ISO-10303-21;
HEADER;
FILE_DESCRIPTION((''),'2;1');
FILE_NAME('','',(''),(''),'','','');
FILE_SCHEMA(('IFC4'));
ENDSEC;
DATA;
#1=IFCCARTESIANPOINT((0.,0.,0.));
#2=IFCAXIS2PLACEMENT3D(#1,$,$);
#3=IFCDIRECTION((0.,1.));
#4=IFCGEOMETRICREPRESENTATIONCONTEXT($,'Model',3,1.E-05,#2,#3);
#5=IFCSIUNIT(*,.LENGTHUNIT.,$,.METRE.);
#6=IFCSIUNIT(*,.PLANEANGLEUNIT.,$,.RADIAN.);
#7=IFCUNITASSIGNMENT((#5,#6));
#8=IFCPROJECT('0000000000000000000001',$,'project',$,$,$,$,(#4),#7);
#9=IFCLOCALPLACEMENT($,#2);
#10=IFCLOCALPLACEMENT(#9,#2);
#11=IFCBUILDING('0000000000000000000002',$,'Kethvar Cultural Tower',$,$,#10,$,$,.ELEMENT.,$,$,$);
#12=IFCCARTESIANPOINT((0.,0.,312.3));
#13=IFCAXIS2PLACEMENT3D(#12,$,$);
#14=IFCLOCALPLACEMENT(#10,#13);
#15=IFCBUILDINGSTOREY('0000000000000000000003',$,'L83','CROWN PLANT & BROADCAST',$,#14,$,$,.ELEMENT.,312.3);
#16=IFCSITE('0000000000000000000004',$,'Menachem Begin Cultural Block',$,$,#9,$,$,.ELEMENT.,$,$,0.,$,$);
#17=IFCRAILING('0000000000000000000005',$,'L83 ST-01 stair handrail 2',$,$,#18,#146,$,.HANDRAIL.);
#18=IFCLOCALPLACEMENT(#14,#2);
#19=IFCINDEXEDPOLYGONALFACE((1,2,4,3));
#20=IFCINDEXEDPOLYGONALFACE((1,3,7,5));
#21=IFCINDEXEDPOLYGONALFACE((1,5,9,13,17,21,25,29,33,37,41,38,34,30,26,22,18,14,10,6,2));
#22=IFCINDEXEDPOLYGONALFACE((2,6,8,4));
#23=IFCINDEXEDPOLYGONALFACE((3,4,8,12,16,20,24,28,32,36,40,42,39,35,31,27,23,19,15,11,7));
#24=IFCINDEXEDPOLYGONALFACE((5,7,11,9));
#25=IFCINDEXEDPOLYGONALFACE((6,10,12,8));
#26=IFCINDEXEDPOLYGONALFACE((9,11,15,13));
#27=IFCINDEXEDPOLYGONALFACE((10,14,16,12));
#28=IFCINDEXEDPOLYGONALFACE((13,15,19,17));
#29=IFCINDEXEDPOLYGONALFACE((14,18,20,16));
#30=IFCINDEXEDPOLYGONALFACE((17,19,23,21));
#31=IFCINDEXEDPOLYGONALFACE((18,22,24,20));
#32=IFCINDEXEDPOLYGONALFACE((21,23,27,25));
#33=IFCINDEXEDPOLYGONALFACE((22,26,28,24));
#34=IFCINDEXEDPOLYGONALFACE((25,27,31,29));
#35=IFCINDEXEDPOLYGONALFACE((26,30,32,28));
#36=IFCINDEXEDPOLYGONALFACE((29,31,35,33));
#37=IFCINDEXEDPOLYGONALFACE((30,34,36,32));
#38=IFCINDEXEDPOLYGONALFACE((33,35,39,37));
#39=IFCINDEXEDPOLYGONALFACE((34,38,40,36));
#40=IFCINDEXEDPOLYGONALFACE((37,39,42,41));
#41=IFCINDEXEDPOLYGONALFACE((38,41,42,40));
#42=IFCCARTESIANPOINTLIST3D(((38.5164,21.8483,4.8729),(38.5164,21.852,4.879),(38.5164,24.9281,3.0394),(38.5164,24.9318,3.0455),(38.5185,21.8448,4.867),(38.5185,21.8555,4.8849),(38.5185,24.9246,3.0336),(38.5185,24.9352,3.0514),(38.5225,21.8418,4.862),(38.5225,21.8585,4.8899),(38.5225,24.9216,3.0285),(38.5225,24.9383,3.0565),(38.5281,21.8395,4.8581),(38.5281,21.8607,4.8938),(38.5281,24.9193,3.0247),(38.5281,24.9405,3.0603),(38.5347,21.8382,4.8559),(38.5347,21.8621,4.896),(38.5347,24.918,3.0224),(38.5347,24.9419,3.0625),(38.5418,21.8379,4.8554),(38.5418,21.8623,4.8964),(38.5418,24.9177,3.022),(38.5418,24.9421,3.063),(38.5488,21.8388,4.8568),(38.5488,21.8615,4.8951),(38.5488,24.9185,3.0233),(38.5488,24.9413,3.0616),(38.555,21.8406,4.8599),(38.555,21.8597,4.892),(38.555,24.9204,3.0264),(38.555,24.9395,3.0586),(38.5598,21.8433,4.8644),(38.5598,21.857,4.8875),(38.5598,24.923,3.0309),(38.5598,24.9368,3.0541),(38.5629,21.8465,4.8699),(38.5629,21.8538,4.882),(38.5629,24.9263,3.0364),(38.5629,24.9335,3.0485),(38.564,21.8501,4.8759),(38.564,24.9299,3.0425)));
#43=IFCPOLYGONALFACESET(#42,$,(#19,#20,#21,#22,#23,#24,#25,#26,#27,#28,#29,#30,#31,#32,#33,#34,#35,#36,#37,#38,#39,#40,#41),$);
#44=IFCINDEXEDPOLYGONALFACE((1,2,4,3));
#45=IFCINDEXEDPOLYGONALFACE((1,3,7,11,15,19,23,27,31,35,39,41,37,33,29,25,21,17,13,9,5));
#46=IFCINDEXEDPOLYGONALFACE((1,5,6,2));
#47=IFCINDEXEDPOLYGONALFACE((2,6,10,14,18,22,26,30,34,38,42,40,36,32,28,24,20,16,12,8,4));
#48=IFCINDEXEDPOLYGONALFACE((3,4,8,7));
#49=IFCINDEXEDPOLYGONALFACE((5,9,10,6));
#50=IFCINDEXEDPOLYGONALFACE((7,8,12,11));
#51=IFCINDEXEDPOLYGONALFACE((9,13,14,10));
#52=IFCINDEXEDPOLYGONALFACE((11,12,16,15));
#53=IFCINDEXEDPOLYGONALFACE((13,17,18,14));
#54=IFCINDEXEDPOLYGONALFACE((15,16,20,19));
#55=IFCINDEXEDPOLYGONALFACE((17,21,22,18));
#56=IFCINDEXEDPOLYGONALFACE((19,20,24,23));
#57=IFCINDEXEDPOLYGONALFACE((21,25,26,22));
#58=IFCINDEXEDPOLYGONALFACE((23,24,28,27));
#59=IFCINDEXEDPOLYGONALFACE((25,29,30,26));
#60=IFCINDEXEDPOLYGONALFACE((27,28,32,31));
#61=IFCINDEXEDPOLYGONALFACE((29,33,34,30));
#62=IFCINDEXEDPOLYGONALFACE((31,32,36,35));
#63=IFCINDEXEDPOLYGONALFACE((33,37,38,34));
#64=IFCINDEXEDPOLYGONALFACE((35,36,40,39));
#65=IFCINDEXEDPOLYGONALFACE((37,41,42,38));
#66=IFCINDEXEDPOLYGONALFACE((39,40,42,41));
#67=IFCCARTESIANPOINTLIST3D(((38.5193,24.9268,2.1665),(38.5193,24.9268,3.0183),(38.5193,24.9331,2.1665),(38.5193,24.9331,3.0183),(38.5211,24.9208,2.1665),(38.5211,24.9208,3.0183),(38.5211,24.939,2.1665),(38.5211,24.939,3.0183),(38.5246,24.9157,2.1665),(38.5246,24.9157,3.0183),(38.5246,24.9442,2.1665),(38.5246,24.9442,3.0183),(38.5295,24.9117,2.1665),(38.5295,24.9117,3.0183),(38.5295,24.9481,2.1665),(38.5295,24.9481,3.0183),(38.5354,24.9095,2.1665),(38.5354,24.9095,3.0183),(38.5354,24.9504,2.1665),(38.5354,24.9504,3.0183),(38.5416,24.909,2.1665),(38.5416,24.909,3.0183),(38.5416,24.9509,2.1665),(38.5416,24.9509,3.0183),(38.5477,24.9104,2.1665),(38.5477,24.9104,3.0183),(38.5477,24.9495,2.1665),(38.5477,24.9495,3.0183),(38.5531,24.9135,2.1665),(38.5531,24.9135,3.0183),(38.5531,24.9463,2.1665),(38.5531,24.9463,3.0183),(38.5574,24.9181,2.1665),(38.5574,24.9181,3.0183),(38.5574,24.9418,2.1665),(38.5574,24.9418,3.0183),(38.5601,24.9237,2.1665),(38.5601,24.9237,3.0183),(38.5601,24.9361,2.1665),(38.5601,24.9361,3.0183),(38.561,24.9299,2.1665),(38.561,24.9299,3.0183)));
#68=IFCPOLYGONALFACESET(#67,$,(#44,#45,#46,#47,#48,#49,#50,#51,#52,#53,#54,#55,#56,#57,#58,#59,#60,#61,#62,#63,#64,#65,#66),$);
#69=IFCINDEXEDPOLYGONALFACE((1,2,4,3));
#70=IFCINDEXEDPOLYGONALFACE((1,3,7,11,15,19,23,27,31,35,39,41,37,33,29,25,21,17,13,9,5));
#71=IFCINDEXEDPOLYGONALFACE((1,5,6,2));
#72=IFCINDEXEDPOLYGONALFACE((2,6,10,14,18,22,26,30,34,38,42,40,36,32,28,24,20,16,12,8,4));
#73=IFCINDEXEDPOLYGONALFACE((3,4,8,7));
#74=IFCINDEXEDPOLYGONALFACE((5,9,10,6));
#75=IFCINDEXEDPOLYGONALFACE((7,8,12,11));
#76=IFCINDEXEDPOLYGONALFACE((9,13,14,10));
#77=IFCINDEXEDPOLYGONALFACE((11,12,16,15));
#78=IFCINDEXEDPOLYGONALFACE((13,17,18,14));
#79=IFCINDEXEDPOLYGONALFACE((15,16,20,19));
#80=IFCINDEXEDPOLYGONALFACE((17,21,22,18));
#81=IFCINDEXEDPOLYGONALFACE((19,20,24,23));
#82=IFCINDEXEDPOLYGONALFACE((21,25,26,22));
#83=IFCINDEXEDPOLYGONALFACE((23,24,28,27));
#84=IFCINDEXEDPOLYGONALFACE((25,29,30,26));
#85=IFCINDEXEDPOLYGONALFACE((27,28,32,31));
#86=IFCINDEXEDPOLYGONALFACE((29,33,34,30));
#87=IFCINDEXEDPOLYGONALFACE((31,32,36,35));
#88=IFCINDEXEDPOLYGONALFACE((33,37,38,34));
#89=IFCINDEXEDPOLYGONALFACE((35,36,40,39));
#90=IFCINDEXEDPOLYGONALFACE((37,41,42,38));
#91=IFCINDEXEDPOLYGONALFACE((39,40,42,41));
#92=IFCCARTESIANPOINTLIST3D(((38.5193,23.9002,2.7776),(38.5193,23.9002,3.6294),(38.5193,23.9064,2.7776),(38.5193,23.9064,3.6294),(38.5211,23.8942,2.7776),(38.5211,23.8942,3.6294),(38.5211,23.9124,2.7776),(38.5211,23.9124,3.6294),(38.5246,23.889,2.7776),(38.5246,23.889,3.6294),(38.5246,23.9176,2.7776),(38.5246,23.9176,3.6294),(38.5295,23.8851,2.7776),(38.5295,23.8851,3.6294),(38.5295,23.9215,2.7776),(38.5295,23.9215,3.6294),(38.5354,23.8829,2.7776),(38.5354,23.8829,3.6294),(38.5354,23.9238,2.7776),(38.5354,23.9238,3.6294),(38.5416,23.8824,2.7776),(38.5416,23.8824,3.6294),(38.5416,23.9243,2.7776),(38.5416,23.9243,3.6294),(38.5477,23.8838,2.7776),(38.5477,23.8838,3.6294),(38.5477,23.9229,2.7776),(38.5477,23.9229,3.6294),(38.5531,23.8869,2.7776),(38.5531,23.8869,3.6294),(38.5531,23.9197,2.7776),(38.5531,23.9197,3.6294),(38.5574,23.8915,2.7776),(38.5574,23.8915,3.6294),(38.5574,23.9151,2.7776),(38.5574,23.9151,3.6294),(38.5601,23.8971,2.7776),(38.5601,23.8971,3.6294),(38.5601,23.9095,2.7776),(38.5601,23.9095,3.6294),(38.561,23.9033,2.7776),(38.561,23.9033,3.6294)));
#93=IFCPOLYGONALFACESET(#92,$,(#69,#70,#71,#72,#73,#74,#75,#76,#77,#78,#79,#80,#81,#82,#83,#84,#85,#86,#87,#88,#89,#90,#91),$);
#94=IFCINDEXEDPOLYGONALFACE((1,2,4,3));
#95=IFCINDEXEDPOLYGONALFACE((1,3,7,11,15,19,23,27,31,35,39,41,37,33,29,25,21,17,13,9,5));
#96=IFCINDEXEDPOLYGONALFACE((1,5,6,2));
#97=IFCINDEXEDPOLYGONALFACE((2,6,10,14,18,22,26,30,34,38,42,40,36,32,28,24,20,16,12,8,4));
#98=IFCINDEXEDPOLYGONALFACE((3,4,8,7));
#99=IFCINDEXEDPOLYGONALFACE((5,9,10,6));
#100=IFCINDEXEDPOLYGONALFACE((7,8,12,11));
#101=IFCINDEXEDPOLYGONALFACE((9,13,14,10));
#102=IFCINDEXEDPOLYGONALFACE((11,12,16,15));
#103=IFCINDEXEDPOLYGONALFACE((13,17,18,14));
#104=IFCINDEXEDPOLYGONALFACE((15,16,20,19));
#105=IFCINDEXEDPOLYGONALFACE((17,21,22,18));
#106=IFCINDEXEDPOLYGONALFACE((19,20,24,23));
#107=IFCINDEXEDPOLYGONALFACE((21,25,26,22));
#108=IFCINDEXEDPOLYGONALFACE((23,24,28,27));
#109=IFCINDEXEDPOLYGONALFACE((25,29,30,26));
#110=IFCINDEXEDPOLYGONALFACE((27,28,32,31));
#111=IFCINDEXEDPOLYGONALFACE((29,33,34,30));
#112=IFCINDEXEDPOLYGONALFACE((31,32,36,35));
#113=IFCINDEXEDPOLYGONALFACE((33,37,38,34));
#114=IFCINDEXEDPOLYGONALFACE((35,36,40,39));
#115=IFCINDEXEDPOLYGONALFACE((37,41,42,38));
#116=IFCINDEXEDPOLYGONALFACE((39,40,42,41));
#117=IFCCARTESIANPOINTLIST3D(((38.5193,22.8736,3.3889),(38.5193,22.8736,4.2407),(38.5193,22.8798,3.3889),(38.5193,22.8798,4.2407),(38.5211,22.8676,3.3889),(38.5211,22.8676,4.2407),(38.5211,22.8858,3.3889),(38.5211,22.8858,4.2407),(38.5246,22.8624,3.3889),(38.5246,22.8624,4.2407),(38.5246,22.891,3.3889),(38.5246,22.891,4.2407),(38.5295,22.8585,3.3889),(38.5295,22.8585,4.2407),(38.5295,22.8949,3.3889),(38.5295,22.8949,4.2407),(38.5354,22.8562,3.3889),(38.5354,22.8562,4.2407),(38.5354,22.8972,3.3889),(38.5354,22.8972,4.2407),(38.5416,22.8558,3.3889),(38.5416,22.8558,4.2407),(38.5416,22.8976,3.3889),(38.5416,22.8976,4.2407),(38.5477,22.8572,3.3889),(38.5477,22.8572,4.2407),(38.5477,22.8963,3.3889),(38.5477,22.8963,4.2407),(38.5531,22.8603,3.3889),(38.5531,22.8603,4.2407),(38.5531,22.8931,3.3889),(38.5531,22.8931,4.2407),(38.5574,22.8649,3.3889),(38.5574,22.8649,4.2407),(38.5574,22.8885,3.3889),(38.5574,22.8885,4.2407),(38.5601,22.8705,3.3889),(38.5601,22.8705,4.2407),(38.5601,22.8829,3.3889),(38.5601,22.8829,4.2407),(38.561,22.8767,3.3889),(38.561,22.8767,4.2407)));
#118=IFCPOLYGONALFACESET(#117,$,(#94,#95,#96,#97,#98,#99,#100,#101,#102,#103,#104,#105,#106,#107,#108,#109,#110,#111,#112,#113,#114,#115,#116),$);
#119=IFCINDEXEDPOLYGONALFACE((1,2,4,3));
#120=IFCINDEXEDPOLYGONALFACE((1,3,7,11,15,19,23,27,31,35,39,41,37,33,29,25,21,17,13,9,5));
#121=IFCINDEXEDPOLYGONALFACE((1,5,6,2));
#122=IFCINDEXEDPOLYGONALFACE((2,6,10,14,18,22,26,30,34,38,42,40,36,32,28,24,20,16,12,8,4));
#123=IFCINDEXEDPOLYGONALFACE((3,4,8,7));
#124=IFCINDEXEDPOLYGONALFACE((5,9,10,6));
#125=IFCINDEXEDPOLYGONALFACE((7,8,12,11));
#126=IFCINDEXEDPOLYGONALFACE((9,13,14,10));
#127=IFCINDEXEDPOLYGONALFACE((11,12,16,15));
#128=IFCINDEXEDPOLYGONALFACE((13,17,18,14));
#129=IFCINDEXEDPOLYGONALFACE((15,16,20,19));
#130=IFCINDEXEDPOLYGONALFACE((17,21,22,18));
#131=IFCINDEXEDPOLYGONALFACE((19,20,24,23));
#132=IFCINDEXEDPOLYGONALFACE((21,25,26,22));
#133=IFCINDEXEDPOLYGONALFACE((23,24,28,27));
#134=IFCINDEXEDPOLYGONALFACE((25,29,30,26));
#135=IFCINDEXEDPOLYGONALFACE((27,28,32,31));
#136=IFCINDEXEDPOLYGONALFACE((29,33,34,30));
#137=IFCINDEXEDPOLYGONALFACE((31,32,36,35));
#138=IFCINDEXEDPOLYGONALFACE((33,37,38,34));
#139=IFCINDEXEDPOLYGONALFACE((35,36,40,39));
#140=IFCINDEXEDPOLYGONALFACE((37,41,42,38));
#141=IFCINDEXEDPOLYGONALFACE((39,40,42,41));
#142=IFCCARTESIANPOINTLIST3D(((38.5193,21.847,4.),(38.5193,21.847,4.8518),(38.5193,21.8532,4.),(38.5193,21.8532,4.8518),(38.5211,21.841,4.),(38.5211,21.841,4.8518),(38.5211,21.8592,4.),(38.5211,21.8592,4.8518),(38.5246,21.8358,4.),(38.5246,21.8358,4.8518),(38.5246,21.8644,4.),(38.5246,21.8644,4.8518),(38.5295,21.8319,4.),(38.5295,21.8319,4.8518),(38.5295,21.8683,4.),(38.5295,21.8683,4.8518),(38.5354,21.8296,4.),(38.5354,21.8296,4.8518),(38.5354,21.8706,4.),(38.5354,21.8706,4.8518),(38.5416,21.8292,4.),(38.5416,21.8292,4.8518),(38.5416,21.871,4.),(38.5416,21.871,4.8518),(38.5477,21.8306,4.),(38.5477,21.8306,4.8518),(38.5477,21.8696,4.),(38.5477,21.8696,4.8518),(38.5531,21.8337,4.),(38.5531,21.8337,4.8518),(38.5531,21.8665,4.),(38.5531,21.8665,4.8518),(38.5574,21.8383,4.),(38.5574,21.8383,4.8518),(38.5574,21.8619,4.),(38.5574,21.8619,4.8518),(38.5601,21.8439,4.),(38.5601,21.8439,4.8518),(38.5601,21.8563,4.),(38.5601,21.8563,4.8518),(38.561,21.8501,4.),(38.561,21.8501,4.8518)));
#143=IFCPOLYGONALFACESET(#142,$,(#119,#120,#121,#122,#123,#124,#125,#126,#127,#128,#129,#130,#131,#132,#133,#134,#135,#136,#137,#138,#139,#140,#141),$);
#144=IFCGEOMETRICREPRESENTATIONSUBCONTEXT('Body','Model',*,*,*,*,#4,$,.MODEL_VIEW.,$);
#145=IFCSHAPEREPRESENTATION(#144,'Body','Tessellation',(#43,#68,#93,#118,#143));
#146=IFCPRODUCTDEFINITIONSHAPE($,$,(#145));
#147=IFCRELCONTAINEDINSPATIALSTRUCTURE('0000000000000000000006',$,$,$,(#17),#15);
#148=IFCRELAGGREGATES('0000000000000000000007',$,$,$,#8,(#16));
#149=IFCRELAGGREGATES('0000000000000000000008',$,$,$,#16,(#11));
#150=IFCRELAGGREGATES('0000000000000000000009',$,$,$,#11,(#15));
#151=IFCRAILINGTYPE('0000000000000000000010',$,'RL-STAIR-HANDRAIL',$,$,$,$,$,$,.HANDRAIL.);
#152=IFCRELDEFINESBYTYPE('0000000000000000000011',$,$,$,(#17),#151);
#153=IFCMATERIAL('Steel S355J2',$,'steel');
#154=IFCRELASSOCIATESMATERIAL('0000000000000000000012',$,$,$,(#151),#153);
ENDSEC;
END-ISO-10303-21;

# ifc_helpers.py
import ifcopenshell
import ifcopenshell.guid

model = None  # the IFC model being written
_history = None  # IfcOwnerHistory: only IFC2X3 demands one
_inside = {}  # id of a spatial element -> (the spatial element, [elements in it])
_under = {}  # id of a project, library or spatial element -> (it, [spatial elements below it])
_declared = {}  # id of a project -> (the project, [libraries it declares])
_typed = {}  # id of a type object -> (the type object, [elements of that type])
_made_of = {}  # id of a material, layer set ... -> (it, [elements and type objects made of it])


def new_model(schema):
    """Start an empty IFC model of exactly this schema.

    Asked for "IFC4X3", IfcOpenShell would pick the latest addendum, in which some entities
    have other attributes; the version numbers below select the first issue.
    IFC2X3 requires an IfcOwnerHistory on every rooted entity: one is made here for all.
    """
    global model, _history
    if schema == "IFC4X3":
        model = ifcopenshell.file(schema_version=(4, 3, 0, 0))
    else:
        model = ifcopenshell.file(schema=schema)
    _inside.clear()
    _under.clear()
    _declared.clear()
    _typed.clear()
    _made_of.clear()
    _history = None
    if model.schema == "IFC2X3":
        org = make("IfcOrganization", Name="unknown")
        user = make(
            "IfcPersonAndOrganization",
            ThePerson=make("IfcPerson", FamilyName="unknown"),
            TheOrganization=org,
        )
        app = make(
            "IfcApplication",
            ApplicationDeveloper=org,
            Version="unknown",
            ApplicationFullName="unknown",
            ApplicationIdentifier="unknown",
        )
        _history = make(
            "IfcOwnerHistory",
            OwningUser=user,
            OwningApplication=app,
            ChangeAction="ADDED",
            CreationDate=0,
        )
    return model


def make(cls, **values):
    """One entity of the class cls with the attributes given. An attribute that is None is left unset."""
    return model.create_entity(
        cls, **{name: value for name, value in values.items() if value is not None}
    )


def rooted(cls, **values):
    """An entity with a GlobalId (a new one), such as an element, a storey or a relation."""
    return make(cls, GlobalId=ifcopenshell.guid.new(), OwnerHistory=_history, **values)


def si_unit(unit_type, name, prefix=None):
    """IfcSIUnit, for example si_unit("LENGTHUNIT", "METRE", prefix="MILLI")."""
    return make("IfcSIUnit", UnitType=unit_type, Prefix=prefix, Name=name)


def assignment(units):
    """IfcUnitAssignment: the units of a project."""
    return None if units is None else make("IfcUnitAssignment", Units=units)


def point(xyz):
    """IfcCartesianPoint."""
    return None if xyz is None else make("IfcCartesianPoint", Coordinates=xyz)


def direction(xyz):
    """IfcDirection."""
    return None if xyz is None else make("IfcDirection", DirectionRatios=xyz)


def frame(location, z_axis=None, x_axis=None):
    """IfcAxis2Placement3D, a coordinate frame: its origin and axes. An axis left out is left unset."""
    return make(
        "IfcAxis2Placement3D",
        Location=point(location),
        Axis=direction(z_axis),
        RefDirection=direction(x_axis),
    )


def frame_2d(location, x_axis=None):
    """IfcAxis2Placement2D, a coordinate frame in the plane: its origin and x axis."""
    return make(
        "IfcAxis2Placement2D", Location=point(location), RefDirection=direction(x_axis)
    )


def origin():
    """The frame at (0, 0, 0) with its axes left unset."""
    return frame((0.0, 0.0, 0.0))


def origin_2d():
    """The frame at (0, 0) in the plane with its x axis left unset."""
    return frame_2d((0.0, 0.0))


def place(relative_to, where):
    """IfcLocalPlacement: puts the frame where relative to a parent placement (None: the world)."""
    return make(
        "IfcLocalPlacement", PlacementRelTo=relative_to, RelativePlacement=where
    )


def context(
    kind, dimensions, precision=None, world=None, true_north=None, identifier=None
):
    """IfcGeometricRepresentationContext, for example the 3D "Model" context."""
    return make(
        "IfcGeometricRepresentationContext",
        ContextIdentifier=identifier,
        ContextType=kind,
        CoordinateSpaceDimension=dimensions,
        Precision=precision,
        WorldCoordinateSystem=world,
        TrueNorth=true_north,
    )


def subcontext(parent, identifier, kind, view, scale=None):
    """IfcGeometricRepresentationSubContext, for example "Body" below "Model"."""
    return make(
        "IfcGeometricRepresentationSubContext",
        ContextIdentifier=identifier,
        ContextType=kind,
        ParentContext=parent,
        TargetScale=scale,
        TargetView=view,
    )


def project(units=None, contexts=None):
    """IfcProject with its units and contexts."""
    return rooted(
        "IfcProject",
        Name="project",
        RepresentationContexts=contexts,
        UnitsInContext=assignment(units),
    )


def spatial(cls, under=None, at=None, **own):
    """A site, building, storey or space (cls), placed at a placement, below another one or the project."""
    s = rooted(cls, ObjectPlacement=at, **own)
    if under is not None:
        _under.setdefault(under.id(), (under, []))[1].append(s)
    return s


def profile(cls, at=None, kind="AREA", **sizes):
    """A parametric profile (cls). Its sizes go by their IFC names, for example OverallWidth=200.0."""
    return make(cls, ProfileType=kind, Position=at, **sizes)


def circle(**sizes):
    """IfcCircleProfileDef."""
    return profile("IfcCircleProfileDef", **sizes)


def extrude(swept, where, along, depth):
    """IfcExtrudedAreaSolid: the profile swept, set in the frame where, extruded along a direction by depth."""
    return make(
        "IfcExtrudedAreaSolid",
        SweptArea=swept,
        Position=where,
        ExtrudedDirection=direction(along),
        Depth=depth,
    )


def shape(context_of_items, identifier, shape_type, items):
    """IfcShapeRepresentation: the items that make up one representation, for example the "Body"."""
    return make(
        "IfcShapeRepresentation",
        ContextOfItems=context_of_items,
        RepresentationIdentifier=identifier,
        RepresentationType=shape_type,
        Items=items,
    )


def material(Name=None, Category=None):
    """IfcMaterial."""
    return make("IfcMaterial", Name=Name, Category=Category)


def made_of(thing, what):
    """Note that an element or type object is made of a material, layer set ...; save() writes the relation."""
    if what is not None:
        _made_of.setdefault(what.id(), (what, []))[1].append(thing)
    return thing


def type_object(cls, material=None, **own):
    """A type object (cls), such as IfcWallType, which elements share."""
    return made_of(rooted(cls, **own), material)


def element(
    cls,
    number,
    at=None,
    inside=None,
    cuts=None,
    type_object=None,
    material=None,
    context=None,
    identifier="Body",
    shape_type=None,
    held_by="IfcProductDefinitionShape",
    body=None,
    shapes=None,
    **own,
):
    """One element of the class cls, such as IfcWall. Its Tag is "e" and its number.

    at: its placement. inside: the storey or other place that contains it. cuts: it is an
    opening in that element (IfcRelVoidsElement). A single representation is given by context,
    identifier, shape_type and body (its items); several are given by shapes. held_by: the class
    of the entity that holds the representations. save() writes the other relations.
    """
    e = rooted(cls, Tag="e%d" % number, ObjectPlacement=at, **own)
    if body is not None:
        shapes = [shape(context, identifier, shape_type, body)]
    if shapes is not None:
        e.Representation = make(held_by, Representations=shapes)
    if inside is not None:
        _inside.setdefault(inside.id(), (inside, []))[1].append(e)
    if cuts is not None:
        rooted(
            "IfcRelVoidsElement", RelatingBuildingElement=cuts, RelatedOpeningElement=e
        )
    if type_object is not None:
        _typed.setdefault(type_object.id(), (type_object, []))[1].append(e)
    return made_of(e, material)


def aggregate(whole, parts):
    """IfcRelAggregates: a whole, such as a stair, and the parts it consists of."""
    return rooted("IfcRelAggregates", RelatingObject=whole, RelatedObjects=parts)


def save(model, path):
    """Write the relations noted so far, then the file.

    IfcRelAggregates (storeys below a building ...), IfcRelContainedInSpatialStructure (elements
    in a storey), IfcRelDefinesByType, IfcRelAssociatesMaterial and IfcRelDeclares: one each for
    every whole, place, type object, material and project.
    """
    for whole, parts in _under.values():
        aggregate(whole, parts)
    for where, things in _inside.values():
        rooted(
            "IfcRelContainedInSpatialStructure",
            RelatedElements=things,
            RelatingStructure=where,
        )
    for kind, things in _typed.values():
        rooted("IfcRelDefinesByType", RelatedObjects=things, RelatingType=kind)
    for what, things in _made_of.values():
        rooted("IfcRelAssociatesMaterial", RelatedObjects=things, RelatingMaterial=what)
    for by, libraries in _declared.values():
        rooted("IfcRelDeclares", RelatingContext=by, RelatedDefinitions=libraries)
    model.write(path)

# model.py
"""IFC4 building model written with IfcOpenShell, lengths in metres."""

from ifc_helpers import new_model, si_unit, direction, frame, origin, origin_2d, place, context, subcontext, project, spatial, circle, extrude, material, type_object, element, save


model = new_model("IFC4")

# Units and contexts
model_context = context("Model", 3, precision=1e-05, world=origin(), true_north=direction((0.0, 1.0)))
body_context = subcontext(model_context, "Body", "Model", "MODEL_VIEW")
ifc_project = project(units=[si_unit("LENGTHUNIT", "METRE"), si_unit("PLANEANGLEUNIT", "RADIAN")], contexts=[model_context])

# Site, building, storey
site_placement = place(None, origin())
site = spatial("IfcSite", under=ifc_project, at=site_placement, Name="Menachem Begin Cultural Block", CompositionType="ELEMENT", RefElevation=0.0)
building_placement = place(site_placement, origin())
building = spatial("IfcBuilding", under=site, at=building_placement, Name="Kethvar Cultural Tower", CompositionType="ELEMENT")
storey_placement = place(building_placement, frame((0.0, 0.0, 312.3)))
storey = spatial("IfcBuildingStorey", under=building, at=storey_placement, Name="L83", Description="CROWN PLANT & BROADCAST", CompositionType="ELEMENT", Elevation=312.3)

# Shared definitions
ifc_material_1 = material(Name="Steel S355J2", Category="steel")

# Railing
railing_type_1 = type_object("IfcRailingType", Name="RL-STAIR-HANDRAIL", PredefinedType="HANDRAIL", material=ifc_material_1)
railing_1_placement = place(storey_placement, frame((38.54, 24.9299, 2.1665)))
element("IfcRailing", 1, at=railing_1_placement, inside=storey, type_object=railing_type_1, Name="L83 ST-01 stair handrail 2", PredefinedType="HANDRAIL", context=body_context, shape_type="SweptSolid", body=[
    extrude(circle(Radius=0.0239, at=origin_2d()), frame((0.0, 0.0, 0.876), z_axis=(0.0, -0.859261, 0.511538), x_axis=(1.0, 0.0, 0.0)), (0.0, 0.0, 1.0), 3.5842),
    extrude(circle(Radius=0.021, at=origin_2d()), origin(), (0.0, 0.0, 1.0), 0.8518),
    extrude(circle(Radius=0.021, at=origin_2d()), frame((0.0, -1.0266, 0.6111)), (0.0, 0.0, 1.0), 0.8518),
    extrude(circle(Radius=0.021, at=origin_2d()), frame((0.0, -2.0532, 1.2224)), (0.0, 0.0, 1.0), 0.8518),
    extrude(circle(Radius=0.021, at=origin_2d()), frame((0.0, -3.0798, 1.8335)), (0.0, 0.0, 1.0), 0.8518),
])

save(model, "model.ifc")
